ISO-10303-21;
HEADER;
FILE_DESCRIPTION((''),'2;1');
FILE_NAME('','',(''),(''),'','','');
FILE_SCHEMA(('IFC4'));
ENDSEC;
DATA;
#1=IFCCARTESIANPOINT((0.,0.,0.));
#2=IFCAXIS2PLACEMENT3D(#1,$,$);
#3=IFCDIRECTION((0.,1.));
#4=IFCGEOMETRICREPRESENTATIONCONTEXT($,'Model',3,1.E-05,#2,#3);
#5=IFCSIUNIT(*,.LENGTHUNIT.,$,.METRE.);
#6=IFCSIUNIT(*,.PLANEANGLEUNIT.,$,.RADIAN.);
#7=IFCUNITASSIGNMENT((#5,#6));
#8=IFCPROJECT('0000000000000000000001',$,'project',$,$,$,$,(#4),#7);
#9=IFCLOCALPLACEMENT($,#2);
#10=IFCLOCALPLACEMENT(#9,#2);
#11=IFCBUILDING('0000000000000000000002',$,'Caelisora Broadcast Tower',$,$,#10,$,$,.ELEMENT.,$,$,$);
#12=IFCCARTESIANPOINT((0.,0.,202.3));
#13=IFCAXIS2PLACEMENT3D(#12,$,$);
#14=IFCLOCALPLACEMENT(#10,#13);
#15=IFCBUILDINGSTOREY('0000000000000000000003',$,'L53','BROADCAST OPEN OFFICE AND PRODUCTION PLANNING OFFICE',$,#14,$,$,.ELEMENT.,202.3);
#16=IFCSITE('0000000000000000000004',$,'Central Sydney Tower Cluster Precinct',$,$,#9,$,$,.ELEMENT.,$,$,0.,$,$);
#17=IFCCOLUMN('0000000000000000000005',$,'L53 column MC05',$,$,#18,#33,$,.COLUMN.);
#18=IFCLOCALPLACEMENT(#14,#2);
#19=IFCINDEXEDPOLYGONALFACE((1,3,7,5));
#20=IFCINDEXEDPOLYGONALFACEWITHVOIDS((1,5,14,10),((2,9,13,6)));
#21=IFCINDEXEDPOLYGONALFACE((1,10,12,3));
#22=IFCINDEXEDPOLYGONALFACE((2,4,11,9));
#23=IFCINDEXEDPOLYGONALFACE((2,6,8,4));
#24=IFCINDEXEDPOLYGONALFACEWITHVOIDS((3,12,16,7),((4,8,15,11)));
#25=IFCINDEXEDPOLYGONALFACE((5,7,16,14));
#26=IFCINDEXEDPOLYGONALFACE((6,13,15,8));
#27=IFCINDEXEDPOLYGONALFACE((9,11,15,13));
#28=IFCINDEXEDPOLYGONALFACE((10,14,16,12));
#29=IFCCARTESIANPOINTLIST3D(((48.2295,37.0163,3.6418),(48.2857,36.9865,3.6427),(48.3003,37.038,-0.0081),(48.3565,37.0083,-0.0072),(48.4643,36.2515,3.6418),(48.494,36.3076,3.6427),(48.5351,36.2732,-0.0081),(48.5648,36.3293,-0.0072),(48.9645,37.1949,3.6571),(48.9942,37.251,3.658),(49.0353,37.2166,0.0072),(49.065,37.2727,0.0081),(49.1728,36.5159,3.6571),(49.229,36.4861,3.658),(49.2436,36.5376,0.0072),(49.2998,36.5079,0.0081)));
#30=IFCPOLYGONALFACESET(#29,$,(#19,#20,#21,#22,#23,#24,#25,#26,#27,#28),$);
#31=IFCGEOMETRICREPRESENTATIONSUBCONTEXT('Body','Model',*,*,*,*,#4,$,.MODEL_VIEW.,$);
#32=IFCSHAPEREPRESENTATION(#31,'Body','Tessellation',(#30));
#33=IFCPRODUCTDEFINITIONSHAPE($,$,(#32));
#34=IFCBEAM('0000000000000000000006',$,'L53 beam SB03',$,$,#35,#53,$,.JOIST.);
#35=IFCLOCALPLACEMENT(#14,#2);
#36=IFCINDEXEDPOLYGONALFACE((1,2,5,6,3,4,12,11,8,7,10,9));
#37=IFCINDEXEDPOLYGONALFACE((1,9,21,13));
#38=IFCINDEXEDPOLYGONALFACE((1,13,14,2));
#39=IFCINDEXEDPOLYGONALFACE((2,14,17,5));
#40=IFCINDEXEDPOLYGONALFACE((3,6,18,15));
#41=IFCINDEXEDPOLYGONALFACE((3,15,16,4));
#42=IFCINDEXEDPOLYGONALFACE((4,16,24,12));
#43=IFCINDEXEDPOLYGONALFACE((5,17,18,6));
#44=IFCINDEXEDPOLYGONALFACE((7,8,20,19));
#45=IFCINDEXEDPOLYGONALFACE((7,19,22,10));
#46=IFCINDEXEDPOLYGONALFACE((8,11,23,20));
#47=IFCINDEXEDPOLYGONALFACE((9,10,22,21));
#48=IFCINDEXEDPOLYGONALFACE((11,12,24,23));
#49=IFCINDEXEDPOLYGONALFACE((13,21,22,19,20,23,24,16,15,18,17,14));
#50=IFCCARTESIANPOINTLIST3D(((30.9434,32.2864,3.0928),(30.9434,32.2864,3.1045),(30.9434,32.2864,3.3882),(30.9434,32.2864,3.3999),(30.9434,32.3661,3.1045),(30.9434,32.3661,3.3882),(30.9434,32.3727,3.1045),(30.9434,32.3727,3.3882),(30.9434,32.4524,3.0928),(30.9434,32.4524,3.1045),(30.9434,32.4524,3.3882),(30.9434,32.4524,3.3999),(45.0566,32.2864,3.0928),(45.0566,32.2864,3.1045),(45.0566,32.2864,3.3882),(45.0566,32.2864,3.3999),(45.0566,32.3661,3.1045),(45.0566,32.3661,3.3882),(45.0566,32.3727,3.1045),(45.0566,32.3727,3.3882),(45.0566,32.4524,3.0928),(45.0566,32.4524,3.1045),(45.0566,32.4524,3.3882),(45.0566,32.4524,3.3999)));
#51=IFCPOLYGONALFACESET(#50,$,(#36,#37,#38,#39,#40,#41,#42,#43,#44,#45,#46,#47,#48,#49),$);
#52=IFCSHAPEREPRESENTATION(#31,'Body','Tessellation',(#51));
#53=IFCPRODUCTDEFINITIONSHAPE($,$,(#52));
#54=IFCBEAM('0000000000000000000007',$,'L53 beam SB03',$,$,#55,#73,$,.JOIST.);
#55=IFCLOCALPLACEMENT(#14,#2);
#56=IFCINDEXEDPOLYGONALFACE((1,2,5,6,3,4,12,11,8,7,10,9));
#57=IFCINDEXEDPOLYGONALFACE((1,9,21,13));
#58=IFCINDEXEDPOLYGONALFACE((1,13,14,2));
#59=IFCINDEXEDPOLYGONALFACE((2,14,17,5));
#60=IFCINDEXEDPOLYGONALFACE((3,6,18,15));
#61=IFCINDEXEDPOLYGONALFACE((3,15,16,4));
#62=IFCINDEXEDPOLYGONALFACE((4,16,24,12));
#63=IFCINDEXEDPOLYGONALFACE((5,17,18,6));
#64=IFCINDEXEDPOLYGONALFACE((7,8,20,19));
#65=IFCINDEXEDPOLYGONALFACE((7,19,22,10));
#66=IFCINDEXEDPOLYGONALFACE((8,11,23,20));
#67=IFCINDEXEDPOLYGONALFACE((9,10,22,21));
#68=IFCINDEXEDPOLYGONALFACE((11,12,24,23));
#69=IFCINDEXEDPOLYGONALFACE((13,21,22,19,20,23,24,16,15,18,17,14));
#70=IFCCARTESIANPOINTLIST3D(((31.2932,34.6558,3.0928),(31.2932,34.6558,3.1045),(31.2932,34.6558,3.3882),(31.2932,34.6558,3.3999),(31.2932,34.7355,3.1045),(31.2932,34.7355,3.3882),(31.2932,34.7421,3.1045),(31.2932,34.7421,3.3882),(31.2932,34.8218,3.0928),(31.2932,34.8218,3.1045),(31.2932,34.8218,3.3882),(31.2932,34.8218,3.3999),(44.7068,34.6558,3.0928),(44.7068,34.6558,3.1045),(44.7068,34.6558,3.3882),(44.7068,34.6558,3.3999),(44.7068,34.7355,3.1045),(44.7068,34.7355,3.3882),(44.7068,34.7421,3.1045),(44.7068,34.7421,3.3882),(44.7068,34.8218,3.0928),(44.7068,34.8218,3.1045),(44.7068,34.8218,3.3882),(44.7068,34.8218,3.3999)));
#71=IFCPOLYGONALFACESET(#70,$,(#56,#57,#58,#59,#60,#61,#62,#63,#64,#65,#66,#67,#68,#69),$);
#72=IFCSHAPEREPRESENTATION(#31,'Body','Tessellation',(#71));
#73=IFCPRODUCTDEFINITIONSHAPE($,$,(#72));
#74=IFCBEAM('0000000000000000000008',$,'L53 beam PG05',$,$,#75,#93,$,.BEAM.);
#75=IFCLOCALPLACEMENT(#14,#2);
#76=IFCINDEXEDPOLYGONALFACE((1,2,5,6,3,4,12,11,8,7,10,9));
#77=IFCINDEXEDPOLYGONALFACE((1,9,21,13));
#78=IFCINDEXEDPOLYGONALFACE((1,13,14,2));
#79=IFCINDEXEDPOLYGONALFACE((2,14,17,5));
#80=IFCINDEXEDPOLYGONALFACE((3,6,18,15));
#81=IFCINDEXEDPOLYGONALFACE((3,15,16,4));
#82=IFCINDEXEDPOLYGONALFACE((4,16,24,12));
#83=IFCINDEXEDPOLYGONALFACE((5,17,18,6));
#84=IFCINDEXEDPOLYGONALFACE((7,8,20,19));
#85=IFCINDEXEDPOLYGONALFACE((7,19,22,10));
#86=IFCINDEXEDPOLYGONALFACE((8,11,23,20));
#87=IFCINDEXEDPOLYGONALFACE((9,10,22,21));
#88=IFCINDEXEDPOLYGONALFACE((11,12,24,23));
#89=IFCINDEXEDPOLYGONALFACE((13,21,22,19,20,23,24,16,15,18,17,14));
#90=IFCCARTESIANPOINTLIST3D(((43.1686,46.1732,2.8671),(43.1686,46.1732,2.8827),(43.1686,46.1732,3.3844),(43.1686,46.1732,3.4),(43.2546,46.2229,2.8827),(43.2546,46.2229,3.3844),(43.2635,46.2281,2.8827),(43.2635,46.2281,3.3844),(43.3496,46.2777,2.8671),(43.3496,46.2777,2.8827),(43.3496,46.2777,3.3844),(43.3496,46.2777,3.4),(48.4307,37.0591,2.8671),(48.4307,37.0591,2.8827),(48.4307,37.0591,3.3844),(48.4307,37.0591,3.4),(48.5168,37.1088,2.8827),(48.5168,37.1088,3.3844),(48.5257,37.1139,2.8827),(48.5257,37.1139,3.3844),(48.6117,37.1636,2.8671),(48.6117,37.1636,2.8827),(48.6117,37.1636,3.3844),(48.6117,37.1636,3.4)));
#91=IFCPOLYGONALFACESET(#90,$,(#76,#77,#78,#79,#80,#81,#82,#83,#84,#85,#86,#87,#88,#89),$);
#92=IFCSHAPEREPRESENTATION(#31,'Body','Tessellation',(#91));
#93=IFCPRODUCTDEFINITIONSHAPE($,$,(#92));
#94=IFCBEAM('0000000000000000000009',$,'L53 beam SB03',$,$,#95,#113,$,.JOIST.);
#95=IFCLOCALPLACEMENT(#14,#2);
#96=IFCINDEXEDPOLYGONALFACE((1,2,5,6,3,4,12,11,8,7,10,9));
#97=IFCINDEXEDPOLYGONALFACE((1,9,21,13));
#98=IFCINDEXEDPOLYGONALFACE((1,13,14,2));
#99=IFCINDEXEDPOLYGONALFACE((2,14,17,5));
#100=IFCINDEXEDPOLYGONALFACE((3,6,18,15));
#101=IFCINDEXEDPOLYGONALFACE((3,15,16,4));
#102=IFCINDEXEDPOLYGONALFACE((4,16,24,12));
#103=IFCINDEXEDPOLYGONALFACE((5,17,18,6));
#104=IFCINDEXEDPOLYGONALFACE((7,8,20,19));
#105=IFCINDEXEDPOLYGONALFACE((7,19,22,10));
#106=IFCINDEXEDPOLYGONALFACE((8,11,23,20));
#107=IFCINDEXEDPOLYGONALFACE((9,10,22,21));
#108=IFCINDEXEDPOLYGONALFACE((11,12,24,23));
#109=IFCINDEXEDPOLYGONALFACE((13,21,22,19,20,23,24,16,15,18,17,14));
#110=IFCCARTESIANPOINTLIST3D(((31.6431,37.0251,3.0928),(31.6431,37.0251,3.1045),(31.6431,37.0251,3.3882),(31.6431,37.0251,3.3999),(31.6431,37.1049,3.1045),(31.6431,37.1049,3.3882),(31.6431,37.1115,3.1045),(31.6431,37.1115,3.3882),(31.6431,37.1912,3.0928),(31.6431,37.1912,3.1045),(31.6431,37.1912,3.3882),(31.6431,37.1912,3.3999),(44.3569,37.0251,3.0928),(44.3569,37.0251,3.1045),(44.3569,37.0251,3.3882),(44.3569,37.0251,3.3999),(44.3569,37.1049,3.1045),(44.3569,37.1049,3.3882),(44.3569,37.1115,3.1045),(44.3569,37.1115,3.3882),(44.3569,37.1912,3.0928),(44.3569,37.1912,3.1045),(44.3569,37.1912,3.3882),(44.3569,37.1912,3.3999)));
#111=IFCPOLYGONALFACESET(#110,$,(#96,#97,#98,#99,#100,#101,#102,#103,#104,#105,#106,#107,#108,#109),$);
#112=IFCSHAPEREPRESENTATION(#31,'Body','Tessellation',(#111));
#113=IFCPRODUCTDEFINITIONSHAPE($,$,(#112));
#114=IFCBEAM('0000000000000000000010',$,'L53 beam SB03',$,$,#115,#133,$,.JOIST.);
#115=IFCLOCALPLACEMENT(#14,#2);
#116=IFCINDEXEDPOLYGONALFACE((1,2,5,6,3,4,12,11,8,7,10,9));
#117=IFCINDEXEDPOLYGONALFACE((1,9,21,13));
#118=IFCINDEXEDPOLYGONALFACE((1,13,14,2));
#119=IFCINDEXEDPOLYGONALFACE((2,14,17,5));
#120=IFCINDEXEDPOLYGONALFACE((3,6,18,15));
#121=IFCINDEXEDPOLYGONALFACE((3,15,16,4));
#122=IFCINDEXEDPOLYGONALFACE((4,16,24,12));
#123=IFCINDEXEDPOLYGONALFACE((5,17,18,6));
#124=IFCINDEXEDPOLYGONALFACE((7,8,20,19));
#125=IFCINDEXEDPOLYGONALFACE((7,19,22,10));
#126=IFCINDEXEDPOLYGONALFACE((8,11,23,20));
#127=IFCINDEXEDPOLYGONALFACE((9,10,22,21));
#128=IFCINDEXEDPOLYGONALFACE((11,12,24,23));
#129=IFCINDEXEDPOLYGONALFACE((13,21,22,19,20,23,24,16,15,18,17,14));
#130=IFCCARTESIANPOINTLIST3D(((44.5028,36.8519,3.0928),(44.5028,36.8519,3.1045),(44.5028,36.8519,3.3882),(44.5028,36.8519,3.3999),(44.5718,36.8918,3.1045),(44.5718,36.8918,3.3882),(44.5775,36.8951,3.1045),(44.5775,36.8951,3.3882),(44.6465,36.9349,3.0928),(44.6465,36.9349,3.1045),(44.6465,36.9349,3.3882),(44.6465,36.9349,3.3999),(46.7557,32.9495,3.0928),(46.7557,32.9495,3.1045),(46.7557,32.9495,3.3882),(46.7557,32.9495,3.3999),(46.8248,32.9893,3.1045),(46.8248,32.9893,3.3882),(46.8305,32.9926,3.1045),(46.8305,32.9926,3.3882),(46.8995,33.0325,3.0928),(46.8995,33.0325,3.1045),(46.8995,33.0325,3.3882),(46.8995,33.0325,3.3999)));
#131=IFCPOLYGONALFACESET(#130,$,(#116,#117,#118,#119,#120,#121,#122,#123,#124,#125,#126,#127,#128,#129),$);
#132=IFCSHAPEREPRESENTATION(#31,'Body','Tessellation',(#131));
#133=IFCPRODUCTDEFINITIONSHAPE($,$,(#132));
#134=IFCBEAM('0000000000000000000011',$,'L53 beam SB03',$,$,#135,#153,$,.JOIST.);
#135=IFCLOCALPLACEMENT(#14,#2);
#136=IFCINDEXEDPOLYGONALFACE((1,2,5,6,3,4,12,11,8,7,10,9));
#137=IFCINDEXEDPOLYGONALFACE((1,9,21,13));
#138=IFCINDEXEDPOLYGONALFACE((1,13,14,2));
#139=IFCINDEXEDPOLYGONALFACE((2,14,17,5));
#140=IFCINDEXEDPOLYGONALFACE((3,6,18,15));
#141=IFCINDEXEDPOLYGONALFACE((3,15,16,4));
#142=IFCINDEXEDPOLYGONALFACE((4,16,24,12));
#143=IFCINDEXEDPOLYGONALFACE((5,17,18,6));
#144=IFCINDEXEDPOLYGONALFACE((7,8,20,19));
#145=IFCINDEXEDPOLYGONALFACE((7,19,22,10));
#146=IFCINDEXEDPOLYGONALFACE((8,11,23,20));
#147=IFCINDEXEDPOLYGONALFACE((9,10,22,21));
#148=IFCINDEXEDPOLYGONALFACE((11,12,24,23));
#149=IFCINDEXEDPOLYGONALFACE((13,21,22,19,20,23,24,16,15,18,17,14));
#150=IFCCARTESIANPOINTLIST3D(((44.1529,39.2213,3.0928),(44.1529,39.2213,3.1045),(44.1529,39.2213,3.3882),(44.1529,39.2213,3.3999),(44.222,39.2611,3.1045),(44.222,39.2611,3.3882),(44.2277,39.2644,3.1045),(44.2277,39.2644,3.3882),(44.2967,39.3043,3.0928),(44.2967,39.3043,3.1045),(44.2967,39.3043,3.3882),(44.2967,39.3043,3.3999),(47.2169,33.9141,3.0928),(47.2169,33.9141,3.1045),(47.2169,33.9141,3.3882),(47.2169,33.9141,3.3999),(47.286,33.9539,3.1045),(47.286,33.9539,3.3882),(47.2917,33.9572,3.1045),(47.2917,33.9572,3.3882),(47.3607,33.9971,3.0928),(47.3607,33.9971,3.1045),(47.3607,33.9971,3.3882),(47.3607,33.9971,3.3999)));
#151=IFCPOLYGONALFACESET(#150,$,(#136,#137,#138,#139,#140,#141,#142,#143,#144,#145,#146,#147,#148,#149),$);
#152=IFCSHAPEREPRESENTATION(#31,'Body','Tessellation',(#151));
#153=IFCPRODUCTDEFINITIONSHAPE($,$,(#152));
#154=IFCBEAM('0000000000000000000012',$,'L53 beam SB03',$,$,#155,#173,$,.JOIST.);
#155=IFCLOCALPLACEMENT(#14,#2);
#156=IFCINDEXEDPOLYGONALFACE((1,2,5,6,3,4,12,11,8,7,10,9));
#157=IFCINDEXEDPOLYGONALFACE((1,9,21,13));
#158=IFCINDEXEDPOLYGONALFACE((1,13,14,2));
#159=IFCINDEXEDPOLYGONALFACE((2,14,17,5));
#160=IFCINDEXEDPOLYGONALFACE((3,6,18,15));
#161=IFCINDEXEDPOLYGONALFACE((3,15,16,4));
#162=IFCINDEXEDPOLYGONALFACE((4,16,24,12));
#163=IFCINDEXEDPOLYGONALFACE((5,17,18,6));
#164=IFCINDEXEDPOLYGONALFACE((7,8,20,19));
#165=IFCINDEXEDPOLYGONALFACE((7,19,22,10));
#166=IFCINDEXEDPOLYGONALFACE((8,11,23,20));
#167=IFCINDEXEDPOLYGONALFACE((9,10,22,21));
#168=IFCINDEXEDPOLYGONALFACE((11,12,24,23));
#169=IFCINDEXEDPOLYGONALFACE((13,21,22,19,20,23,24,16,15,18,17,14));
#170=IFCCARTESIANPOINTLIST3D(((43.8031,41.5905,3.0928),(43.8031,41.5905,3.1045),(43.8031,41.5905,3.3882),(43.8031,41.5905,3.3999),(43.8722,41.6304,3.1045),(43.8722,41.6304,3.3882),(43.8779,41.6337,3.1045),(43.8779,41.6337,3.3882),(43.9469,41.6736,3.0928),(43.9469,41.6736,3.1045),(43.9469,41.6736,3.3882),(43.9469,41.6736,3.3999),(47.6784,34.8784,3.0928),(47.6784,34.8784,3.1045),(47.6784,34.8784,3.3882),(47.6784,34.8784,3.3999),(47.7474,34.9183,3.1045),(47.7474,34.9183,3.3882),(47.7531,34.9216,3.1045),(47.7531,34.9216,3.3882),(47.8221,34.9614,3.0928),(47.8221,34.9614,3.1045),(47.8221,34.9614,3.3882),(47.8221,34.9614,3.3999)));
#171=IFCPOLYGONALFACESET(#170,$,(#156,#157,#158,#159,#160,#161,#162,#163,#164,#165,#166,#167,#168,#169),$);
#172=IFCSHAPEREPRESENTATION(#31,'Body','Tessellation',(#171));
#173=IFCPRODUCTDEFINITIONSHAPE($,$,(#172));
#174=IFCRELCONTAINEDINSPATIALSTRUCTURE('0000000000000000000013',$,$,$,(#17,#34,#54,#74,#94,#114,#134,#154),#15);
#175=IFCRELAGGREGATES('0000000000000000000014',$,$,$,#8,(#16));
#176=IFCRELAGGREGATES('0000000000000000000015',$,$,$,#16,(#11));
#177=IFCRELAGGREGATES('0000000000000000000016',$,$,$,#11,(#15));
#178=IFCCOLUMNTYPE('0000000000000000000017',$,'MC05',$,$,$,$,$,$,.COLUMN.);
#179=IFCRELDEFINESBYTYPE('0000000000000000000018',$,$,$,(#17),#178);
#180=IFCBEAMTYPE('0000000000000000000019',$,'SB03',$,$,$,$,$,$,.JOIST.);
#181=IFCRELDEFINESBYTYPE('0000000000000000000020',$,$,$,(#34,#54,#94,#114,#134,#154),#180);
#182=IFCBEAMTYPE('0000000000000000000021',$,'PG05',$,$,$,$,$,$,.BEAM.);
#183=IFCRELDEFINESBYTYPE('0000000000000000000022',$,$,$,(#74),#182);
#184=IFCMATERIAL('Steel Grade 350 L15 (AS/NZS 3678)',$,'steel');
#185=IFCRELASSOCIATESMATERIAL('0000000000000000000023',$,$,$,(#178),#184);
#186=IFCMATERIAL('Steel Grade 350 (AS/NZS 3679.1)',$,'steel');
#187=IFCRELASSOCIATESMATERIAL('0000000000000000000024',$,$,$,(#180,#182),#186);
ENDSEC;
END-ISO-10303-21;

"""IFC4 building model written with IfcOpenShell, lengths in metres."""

from ifc_helpers import new_model, si_unit, direction, frame, origin, origin_2d, place, context, subcontext, project, spatial, hollow_rectangle, i_section, extrude, source, transform, mapped, material, material_profile, profile_set, type_object, type_shapes, element, save


model = new_model("IFC4")

# Units and contexts
model_context = context("Model", 3, precision=1e-05, world=origin(), true_north=direction((0.0, 1.0)))
body_context = subcontext(model_context, "Body", "Model", "MODEL_VIEW")
ifc_project = project(units=[si_unit("LENGTHUNIT", "METRE"), si_unit("PLANEANGLEUNIT", "RADIAN")], contexts=[model_context])

# Site, building, storey
site_placement = place(None, origin())
site = spatial("IfcSite", under=ifc_project, at=site_placement, Name="Central Sydney Tower Cluster Precinct", CompositionType="ELEMENT", RefElevation=0.0)
building_placement = place(site_placement, origin())
building = spatial("IfcBuilding", under=site, at=building_placement, Name="Caelisora Broadcast Tower", CompositionType="ELEMENT")
storey_placement = place(building_placement, frame((0.0, 0.0, 202.3)))
storey = spatial("IfcBuildingStorey", under=building, at=storey_placement, Name="L53", Description="BROADCAST OPEN OFFICE AND PRODUCTION PLANNING OFFICE", CompositionType="ELEMENT", Elevation=202.3)

# Column
ifc_material_1 = material(Name="Steel Grade 350 L15 (AS/NZS 3678)", Category="steel")
ifc_material_profile_1 = material_profile(ifc_material_1, hollow_rectangle(XDim=0.8, YDim=0.8, WallThickness=0.0449, at=origin_2d()), Name="Steel Grade 350 L15 (AS/NZS 3678)")
ifc_profile_set_1 = profile_set([ifc_material_profile_1], Name="Steel Grade 350 L15 (AS/NZS 3678)")
column_type = type_object("IfcColumnType", Name="MC05", PredefinedType="COLUMN", material=ifc_profile_set_1)
shared_shape_1 = source(origin(), body_context, "Body", "SweptSolid", [
    extrude(hollow_rectangle(XDim=0.8, YDim=0.8, WallThickness=0.0449, at=origin_2d()), origin(), (0.0, 0.0, 1.0), 3.6506),
])
type_shapes(column_type, [shared_shape_1])
column_placement = place(storey_placement, frame((48.8, 36.7729, 0.0), z_axis=(-0.019394, -0.005952, 0.999794), x_axis=(0.293391, -0.955993, 0.0)))
element("IfcColumn", 1, at=column_placement, inside=storey, type_object=column_type, Name="L53 column MC05", PredefinedType="COLUMN", context=body_context, shape_type="MappedRepresentation", body=[
    mapped(shared_shape_1, transform((0.0, 0.0, 0.0), scale=1.0)),
])

# Beams
ifc_material_2 = material(Name="Steel Grade 350 (AS/NZS 3679.1)", Category="steel")
ifc_material_profile_2 = material_profile(ifc_material_2, i_section(OverallWidth=0.166, OverallDepth=0.3071, WebThickness=0.0066, FlangeThickness=0.0117, at=origin_2d()), Name="Steel Grade 350 (AS/NZS 3679.1)")
ifc_profile_set_2 = profile_set([ifc_material_profile_2], Name="Steel Grade 350 (AS/NZS 3679.1)")
beam_type_1 = type_object("IfcBeamType", Name="SB03", PredefinedType="JOIST", material=ifc_profile_set_2)
shared_shape_2 = source(origin(), body_context, "Body", "SweptSolid", [
    extrude(i_section(OverallWidth=0.166, OverallDepth=0.3071, WebThickness=0.0066, FlangeThickness=0.0117, at=origin_2d()), origin(), (0.0, 0.0, 1.0), 14.1133),
])
beam_1_placement = place(storey_placement, frame((45.0566, 32.3694, 3.2463), z_axis=(-1.0, 0.0, 0.0), x_axis=(0.0, -1.0, 0.0)))
element("IfcBeam", 2, at=beam_1_placement, inside=storey, type_object=beam_type_1, Name="L53 beam SB03", PredefinedType="JOIST", context=body_context, shape_type="MappedRepresentation", body=[
    mapped(shared_shape_2, transform((0.0, 0.0, 0.0), scale=1.0)),
])
shared_shape_3 = source(origin(), body_context, "Body", "SweptSolid", [
    extrude(i_section(OverallWidth=0.166, OverallDepth=0.3071, WebThickness=0.0066, FlangeThickness=0.0117, at=origin_2d()), origin(), (0.0, 0.0, 1.0), 13.4136),
])
beam_2_placement = place(storey_placement, frame((44.7068, 34.7388, 3.2463), z_axis=(-1.0, 0.0, 0.0), x_axis=(0.0, -1.0, 0.0)))
element("IfcBeam", 3, at=beam_2_placement, inside=storey, type_object=beam_type_1, Name="L53 beam SB03", PredefinedType="JOIST", context=body_context, shape_type="MappedRepresentation", body=[
    mapped(shared_shape_3, transform((0.0, 0.0, 0.0), scale=1.0)),
])
ifc_material_profile_3 = material_profile(ifc_material_2, i_section(OverallWidth=0.209, OverallDepth=0.533, WebThickness=0.0103, FlangeThickness=0.0156, at=origin_2d()), Name="Steel Grade 350 (AS/NZS 3679.1)")
ifc_profile_set_3 = profile_set([ifc_material_profile_3], Name="Steel Grade 350 (AS/NZS 3679.1)")
beam_type_2 = type_object("IfcBeamType", Name="PG05", PredefinedType="BEAM", material=ifc_profile_set_3)
shared_shape_4 = source(origin(), body_context, "Body", "SweptSolid", [
    extrude(i_section(OverallWidth=0.209, OverallDepth=0.533, WebThickness=0.0103, FlangeThickness=0.0156, at=origin_2d()), origin(), (0.0, 0.0, 1.0), 10.5242),
])
type_shapes(beam_type_2, [shared_shape_4])
beam_3_placement = place(storey_placement, frame((48.5212, 37.1113, 3.1335), z_axis=(-0.500006, 0.866022, 0.0), x_axis=(-0.866022, -0.500006, 0.0)))
element("IfcBeam", 4, at=beam_3_placement, inside=storey, type_object=beam_type_2, Name="L53 beam PG05", PredefinedType="BEAM", context=body_context, shape_type="MappedRepresentation", body=[
    mapped(shared_shape_4, transform((0.0, 0.0, 0.0), scale=1.0)),
])
shared_shape_5 = source(origin(), body_context, "Body", "SweptSolid", [
    extrude(i_section(OverallWidth=0.166, OverallDepth=0.3071, WebThickness=0.0066, FlangeThickness=0.0117, at=origin_2d()), origin(), (0.0, 0.0, 1.0), 12.7139),
])
beam_4_placement = place(storey_placement, frame((44.3569, 37.1082, 3.2463), z_axis=(-1.0, 0.0, 0.0), x_axis=(0.0, -1.0, 0.0)))
element("IfcBeam", 5, at=beam_4_placement, inside=storey, type_object=beam_type_1, Name="L53 beam SB03", PredefinedType="JOIST", context=body_context, shape_type="MappedRepresentation", body=[
    mapped(shared_shape_5, transform((0.0, 0.0, 0.0), scale=1.0)),
])
shared_shape_6 = source(origin(), body_context, "Body", "SweptSolid", [
    extrude(i_section(OverallWidth=0.166, OverallDepth=0.3071, WebThickness=0.0066, FlangeThickness=0.0117, at=origin_2d()), origin(), (0.0, 0.0, 1.0), 4.5061),
])
beam_5_placement = place(storey_placement, frame((46.8276, 32.991, 3.2463), z_axis=(-0.499985, 0.866034, 0.0), x_axis=(-0.866034, -0.499985, 0.0)))
element("IfcBeam", 6, at=beam_5_placement, inside=storey, type_object=beam_type_1, Name="L53 beam SB03", PredefinedType="JOIST", context=body_context, shape_type="MappedRepresentation", body=[
    mapped(shared_shape_6, transform((0.0, 0.0, 0.0), scale=1.0)),
])
shared_shape_7 = source(origin(), body_context, "Body", "SweptSolid", [
    extrude(i_section(OverallWidth=0.166, OverallDepth=0.3071, WebThickness=0.0066, FlangeThickness=0.0117, at=origin_2d()), origin(), (0.0, 0.0, 1.0), 6.1282),
])
beam_6_placement = place(storey_placement, frame((47.2888, 33.9556, 3.2463), z_axis=(-0.499987, 0.866033, 0.0), x_axis=(-0.866033, -0.499987, 0.0)))
element("IfcBeam", 7, at=beam_6_placement, inside=storey, type_object=beam_type_1, Name="L53 beam SB03", PredefinedType="JOIST", context=body_context, shape_type="MappedRepresentation", body=[
    mapped(shared_shape_7, transform((0.0, 0.0, 0.0), scale=1.0)),
])
shared_shape_8 = source(origin(), body_context, "Body", "SweptSolid", [
    extrude(i_section(OverallWidth=0.166, OverallDepth=0.3071, WebThickness=0.0066, FlangeThickness=0.0117, at=origin_2d()), origin(), (0.0, 0.0, 1.0), 7.7505),
])
beam_7_placement = place(storey_placement, frame((47.7502, 34.9199, 3.2463), z_axis=(-0.499998, 0.866027, 0.0), x_axis=(-0.866027, -0.499998, 0.0)))
element("IfcBeam", 8, at=beam_7_placement, inside=storey, type_object=beam_type_1, Name="L53 beam SB03", PredefinedType="JOIST", context=body_context, shape_type="MappedRepresentation", body=[
    mapped(shared_shape_8, transform((0.0, 0.0, 0.0), scale=1.0)),
])

save(model, "model.ifc")
